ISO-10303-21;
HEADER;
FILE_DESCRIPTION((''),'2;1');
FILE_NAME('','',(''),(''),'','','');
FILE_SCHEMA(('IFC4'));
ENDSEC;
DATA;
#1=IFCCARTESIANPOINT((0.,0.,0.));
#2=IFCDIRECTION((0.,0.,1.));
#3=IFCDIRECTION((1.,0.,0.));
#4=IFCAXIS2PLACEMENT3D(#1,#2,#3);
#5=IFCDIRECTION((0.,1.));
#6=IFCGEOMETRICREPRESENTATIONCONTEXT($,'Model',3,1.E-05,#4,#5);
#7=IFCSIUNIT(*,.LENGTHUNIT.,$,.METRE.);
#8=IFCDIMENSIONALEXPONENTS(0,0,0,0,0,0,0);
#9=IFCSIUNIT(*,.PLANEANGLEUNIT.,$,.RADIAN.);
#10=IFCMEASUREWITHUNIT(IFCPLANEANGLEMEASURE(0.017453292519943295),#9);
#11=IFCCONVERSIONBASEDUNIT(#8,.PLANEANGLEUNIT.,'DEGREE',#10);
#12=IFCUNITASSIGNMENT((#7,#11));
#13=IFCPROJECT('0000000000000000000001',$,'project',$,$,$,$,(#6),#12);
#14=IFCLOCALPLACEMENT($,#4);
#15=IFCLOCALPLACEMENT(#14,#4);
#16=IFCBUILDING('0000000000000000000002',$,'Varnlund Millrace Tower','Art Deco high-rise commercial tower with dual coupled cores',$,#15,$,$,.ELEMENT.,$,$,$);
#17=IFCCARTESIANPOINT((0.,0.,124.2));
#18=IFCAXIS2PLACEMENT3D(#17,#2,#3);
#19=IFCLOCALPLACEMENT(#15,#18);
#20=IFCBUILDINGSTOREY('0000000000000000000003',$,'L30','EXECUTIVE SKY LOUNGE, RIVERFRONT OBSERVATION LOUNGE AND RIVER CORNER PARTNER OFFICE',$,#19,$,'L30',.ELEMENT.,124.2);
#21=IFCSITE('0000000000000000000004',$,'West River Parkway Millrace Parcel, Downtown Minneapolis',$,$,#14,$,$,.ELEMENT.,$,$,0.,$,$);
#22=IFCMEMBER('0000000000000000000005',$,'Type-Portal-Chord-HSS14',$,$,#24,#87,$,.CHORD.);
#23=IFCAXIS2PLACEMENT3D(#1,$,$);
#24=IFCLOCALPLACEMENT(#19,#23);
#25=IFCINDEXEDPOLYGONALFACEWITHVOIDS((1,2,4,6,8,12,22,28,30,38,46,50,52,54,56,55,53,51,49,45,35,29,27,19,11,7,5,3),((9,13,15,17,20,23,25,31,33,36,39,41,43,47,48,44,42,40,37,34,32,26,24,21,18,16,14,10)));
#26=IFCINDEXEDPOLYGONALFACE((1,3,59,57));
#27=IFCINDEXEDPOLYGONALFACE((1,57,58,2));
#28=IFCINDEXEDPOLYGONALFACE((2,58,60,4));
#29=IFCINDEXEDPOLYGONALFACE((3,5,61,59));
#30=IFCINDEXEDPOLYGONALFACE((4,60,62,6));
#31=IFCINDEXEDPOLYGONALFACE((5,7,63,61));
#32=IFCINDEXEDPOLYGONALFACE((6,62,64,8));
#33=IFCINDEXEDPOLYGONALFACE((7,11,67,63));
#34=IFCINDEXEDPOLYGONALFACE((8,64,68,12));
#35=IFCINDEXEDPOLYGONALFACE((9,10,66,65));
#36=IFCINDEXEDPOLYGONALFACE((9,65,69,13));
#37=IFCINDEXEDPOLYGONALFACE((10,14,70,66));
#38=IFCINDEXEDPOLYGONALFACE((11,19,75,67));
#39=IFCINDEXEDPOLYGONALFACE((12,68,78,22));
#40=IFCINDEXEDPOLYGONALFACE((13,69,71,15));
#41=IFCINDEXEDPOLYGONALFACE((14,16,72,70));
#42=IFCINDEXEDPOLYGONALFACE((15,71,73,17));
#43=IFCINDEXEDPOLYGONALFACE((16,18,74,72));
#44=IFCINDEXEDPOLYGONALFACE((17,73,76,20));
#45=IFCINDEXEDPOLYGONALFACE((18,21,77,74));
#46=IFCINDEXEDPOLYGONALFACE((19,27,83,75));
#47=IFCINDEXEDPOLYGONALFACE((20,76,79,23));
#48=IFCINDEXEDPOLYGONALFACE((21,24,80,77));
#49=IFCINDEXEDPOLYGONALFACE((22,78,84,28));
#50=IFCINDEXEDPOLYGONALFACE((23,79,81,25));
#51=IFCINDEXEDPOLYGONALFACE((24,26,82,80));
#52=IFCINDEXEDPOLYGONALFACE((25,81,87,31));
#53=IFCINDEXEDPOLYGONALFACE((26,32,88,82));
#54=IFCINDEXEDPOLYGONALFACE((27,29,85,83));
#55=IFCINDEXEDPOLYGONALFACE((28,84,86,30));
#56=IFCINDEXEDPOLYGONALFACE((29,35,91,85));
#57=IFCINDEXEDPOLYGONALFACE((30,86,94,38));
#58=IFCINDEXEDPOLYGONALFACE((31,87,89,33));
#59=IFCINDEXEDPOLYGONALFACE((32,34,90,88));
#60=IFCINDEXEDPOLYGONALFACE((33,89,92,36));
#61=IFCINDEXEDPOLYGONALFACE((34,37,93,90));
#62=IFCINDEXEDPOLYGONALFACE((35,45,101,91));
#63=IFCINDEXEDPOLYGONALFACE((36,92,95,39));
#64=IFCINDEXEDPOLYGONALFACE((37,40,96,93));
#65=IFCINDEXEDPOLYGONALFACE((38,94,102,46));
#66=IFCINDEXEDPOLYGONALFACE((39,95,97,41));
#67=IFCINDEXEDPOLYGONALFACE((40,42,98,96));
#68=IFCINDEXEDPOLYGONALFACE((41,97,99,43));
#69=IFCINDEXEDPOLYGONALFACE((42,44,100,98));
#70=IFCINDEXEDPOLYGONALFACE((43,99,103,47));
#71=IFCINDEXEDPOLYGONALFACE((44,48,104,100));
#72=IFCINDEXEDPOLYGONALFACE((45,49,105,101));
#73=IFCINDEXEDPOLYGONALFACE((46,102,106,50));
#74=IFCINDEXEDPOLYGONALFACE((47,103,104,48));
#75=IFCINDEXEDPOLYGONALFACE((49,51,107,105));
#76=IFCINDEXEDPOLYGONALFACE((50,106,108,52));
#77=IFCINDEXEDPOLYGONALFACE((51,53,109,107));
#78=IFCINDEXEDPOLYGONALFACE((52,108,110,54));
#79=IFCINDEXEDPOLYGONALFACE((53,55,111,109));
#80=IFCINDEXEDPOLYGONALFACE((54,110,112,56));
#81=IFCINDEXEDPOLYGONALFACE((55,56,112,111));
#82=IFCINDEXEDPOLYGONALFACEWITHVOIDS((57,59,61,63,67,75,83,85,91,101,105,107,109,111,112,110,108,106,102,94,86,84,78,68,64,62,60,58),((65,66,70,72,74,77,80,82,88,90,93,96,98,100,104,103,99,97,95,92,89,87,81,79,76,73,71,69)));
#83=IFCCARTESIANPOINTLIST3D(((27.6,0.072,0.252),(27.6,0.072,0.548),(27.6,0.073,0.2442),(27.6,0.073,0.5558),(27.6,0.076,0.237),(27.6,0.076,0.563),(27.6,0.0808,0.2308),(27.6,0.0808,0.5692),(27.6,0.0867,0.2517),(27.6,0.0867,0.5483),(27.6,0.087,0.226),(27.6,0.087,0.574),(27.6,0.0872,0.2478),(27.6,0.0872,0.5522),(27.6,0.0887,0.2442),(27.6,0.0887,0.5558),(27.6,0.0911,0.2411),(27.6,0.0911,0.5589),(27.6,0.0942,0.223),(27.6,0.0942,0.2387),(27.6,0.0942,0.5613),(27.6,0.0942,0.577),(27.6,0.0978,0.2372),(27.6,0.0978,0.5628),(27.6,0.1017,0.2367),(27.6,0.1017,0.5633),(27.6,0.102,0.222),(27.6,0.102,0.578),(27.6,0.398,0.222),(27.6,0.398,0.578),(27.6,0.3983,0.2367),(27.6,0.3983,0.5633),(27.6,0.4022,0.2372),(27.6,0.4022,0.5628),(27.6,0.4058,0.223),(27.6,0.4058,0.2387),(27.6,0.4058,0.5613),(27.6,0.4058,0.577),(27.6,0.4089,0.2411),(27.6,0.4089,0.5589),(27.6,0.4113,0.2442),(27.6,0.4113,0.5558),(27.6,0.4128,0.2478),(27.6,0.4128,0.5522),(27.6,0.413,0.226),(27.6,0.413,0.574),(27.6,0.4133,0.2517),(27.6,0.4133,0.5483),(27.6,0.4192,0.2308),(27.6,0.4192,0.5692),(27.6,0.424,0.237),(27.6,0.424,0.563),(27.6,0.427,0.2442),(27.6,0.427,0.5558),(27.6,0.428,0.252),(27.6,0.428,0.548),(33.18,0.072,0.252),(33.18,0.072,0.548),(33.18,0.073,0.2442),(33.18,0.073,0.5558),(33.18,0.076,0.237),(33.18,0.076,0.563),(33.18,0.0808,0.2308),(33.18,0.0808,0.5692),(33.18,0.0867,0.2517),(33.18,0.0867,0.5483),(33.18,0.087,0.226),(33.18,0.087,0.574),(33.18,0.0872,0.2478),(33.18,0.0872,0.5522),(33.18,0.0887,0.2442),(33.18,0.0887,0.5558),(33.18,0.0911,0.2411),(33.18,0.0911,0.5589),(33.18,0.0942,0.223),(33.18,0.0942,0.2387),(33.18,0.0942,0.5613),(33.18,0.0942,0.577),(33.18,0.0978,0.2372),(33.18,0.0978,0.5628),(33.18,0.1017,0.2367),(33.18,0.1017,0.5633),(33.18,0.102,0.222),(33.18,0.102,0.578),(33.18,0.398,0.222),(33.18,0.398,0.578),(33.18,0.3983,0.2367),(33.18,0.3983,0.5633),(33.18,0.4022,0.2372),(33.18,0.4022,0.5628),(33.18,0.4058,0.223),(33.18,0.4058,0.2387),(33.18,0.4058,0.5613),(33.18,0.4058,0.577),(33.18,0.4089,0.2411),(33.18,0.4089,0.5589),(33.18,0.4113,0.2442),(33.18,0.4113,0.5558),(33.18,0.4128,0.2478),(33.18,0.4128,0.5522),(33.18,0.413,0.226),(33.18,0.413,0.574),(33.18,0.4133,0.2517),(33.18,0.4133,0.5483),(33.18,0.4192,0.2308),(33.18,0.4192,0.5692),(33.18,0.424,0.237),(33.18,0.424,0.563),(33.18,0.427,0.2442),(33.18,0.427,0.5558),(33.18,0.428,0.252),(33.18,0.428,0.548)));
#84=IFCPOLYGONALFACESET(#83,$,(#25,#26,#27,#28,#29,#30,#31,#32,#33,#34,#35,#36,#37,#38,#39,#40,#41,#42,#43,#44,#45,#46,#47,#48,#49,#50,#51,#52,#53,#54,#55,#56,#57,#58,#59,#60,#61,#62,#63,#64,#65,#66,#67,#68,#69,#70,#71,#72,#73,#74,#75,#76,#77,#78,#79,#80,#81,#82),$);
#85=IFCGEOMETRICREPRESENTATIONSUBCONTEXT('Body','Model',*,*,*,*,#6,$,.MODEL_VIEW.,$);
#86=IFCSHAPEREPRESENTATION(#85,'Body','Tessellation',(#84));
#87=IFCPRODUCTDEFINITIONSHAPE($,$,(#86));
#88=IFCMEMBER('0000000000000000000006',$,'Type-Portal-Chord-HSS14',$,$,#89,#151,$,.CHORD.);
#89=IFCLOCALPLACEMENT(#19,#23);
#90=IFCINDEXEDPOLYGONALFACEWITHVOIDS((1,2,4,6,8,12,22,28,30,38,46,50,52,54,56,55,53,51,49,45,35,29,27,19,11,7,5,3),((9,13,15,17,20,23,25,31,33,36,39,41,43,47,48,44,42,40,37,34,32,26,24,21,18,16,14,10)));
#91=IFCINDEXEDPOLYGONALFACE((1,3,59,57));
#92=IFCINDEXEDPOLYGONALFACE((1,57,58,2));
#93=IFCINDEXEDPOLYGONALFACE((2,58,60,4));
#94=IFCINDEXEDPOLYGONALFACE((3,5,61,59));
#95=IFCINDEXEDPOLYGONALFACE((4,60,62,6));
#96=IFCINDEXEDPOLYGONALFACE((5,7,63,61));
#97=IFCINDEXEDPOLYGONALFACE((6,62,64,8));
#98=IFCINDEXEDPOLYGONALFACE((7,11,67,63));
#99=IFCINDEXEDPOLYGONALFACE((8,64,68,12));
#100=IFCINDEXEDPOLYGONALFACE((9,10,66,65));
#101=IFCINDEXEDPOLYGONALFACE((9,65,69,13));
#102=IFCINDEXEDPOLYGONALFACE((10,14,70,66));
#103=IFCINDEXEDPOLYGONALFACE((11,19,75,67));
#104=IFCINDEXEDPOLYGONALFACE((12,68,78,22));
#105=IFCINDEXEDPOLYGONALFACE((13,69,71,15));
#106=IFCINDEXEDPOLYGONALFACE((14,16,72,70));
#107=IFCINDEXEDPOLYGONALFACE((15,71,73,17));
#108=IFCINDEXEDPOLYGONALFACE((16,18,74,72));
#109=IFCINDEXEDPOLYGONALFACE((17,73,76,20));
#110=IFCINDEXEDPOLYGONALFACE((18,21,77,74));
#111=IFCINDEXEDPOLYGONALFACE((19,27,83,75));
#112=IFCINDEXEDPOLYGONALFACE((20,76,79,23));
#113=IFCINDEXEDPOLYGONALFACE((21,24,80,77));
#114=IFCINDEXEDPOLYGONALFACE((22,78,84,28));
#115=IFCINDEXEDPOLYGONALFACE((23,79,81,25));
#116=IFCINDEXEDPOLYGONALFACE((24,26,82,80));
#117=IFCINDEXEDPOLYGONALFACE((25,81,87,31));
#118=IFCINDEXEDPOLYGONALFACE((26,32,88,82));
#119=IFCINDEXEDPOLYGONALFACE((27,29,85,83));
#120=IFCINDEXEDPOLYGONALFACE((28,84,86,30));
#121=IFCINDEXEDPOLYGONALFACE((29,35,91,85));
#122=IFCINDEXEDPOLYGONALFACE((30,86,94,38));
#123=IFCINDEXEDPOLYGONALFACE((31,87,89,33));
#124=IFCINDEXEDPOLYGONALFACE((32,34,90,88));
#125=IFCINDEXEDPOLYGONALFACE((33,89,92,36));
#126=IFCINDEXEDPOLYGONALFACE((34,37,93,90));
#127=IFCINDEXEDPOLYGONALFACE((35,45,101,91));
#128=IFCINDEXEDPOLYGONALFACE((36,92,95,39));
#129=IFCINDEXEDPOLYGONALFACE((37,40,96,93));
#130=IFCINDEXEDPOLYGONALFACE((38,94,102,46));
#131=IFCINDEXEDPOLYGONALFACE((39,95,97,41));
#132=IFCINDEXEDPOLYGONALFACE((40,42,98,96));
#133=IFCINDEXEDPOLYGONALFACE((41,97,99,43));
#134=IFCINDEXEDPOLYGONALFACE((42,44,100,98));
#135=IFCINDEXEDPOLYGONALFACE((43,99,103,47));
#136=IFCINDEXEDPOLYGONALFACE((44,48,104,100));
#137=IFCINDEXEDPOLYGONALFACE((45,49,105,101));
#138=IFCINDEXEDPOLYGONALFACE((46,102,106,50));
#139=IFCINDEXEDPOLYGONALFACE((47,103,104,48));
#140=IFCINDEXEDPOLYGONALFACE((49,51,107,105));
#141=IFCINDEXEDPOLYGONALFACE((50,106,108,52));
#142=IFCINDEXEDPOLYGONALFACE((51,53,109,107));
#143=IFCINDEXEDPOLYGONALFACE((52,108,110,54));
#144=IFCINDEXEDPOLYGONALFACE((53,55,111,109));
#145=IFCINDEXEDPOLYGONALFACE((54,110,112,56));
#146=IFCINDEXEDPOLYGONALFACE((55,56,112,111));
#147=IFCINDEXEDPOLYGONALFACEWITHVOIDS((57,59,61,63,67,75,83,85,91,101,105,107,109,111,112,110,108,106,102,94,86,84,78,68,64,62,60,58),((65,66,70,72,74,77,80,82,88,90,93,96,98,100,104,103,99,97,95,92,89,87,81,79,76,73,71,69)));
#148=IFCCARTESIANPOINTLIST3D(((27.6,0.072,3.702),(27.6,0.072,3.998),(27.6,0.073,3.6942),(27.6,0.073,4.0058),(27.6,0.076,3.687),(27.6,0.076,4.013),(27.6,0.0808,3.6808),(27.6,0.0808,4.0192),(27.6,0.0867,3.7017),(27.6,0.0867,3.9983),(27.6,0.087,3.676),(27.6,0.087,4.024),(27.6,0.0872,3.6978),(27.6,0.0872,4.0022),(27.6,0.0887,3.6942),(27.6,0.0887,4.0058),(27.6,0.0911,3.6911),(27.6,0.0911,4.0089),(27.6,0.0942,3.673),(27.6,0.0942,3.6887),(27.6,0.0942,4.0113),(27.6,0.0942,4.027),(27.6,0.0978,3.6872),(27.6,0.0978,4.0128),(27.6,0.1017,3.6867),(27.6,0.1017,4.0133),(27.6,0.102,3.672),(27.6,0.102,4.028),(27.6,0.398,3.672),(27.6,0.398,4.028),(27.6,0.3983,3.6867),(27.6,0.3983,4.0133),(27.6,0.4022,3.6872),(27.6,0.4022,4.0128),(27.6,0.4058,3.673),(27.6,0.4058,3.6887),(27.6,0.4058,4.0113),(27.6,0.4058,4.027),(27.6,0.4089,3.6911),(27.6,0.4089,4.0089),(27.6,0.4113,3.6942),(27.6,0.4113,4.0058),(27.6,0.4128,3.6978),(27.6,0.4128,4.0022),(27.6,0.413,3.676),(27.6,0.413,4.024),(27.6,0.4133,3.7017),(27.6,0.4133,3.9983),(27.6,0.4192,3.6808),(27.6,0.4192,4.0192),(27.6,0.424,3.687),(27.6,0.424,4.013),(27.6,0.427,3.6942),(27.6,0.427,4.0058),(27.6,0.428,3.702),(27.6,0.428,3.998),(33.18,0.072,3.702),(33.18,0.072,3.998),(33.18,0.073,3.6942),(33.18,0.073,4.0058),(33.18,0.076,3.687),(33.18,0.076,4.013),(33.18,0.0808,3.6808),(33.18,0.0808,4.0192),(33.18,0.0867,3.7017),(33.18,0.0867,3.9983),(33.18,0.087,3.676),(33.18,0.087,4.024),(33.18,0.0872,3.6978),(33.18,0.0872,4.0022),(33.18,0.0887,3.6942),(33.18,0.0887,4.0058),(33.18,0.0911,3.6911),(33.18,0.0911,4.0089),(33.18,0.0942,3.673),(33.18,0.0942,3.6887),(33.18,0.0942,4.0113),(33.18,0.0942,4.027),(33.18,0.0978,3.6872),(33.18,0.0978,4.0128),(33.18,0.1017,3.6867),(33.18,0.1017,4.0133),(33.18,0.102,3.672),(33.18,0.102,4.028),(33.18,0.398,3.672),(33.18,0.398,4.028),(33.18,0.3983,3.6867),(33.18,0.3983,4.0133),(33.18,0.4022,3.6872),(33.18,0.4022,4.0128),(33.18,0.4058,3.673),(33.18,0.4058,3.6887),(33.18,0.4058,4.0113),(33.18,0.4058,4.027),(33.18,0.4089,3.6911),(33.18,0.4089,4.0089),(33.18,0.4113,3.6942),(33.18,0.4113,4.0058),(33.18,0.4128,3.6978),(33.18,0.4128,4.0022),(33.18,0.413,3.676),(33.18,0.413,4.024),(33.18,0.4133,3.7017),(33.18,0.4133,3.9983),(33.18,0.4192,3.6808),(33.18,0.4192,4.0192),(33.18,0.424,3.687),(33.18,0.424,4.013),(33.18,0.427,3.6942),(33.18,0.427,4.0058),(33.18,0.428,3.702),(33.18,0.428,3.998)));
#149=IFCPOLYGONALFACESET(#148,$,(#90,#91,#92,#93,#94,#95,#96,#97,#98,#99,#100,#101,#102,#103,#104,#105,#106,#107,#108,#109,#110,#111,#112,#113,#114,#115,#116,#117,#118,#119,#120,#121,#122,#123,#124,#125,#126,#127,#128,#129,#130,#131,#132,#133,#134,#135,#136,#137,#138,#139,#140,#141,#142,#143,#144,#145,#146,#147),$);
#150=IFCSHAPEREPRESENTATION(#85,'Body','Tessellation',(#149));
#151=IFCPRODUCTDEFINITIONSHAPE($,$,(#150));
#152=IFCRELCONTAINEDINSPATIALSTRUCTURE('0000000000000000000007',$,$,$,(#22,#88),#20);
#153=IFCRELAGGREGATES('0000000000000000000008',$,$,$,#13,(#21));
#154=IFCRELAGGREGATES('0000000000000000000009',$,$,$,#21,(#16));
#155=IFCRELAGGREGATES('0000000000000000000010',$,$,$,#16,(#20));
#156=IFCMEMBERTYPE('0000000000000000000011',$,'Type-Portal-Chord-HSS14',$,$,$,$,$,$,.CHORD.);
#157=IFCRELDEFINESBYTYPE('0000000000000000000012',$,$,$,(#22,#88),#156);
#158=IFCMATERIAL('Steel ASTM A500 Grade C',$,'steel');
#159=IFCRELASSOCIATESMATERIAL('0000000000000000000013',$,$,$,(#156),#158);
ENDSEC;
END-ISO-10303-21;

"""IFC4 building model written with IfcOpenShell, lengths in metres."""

from ifc_helpers import new_model, entity, si_unit, converted_unit, direction, frame, origin_with_axes, origin_2d_with_axis, place, context, subcontext, project, spatial, hollow_rectangle, extrude, material, material_profile, profile_set, type_object, element, save


model = new_model("IFC4")

# Units and contexts
model_context = context("Model", 3, precision=1e-05, world=origin_with_axes(), true_north=direction((0.0, 1.0)))
body_context = subcontext(model_context, "Body", "Model", "MODEL_VIEW")
ifc_project = project(units=[si_unit("LENGTHUNIT", "METRE"), converted_unit("PLANEANGLEUNIT", "DEGREE", entity("IfcPlaneAngleMeasure", 0.017453292519943295), si_unit("PLANEANGLEUNIT", "RADIAN"), dimensions=[0, 0, 0, 0, 0, 0, 0])], contexts=[model_context])

# Site, building, storey
site_placement = place(None, origin_with_axes())
site = spatial("IfcSite", under=ifc_project, at=site_placement, Name="West River Parkway Millrace Parcel, Downtown Minneapolis", CompositionType="ELEMENT", RefElevation=0.0)
building_placement = place(site_placement, origin_with_axes())
building = spatial("IfcBuilding", under=site, at=building_placement, Name="Varnlund Millrace Tower", Description="Art Deco high-rise commercial tower with dual coupled cores", CompositionType="ELEMENT")
storey_placement = place(building_placement, frame((0.0, 0.0, 124.2), z_axis=(0.0, 0.0, 1.0), x_axis=(1.0, 0.0, 0.0)))
storey = spatial("IfcBuildingStorey", under=building, at=storey_placement, Name="L30", Description="EXECUTIVE SKY LOUNGE, RIVERFRONT OBSERVATION LOUNGE AND RIVER CORNER PARTNER OFFICE", LongName="L30", CompositionType="ELEMENT", Elevation=124.2)

# Members
ifc_material_1 = material(Name="Steel ASTM A500 Grade C", Category="steel")
ifc_material_profile_1 = material_profile(ifc_material_1, hollow_rectangle(XDim=0.356, YDim=0.356, WallThickness=0.0147, InnerFilletRadius=0.015, OuterFilletRadius=0.03, at=origin_2d_with_axis()), Name="Steel ASTM A500 Grade C")
ifc_profile_set_1 = profile_set([ifc_material_profile_1], Name="Steel ASTM A500 Grade C")
member_type_1 = type_object("IfcMemberType", Name="Type-Portal-Chord-HSS14", PredefinedType="CHORD", material=ifc_profile_set_1)
for number, where, z_axis, x_axis, name in (
    (1, (27.6, 0.25, 0.4), (1.0, 0.0, 0.0), (0.0, 1.0, 0.0), "Type-Portal-Chord-HSS14"),
    (2, (27.6, 0.25, 3.85), (1.0, 0.0, 0.0), (0.0, 1.0, 0.0), "Type-Portal-Chord-HSS14"),
):
    element("IfcMember", number, at=place(storey_placement, frame(where, z_axis=z_axis, x_axis=x_axis)), inside=storey, type_object=member_type_1, Name=name, PredefinedType="CHORD", context=body_context, shape_type="SweptSolid", body=[
        extrude(hollow_rectangle(XDim=0.356, YDim=0.356, WallThickness=0.0147, InnerFilletRadius=0.015, OuterFilletRadius=0.03, at=origin_2d_with_axis()), origin_with_axes(), (0.0, 0.0, 1.0), 5.58),
    ])

save(model, "model.ifc")
